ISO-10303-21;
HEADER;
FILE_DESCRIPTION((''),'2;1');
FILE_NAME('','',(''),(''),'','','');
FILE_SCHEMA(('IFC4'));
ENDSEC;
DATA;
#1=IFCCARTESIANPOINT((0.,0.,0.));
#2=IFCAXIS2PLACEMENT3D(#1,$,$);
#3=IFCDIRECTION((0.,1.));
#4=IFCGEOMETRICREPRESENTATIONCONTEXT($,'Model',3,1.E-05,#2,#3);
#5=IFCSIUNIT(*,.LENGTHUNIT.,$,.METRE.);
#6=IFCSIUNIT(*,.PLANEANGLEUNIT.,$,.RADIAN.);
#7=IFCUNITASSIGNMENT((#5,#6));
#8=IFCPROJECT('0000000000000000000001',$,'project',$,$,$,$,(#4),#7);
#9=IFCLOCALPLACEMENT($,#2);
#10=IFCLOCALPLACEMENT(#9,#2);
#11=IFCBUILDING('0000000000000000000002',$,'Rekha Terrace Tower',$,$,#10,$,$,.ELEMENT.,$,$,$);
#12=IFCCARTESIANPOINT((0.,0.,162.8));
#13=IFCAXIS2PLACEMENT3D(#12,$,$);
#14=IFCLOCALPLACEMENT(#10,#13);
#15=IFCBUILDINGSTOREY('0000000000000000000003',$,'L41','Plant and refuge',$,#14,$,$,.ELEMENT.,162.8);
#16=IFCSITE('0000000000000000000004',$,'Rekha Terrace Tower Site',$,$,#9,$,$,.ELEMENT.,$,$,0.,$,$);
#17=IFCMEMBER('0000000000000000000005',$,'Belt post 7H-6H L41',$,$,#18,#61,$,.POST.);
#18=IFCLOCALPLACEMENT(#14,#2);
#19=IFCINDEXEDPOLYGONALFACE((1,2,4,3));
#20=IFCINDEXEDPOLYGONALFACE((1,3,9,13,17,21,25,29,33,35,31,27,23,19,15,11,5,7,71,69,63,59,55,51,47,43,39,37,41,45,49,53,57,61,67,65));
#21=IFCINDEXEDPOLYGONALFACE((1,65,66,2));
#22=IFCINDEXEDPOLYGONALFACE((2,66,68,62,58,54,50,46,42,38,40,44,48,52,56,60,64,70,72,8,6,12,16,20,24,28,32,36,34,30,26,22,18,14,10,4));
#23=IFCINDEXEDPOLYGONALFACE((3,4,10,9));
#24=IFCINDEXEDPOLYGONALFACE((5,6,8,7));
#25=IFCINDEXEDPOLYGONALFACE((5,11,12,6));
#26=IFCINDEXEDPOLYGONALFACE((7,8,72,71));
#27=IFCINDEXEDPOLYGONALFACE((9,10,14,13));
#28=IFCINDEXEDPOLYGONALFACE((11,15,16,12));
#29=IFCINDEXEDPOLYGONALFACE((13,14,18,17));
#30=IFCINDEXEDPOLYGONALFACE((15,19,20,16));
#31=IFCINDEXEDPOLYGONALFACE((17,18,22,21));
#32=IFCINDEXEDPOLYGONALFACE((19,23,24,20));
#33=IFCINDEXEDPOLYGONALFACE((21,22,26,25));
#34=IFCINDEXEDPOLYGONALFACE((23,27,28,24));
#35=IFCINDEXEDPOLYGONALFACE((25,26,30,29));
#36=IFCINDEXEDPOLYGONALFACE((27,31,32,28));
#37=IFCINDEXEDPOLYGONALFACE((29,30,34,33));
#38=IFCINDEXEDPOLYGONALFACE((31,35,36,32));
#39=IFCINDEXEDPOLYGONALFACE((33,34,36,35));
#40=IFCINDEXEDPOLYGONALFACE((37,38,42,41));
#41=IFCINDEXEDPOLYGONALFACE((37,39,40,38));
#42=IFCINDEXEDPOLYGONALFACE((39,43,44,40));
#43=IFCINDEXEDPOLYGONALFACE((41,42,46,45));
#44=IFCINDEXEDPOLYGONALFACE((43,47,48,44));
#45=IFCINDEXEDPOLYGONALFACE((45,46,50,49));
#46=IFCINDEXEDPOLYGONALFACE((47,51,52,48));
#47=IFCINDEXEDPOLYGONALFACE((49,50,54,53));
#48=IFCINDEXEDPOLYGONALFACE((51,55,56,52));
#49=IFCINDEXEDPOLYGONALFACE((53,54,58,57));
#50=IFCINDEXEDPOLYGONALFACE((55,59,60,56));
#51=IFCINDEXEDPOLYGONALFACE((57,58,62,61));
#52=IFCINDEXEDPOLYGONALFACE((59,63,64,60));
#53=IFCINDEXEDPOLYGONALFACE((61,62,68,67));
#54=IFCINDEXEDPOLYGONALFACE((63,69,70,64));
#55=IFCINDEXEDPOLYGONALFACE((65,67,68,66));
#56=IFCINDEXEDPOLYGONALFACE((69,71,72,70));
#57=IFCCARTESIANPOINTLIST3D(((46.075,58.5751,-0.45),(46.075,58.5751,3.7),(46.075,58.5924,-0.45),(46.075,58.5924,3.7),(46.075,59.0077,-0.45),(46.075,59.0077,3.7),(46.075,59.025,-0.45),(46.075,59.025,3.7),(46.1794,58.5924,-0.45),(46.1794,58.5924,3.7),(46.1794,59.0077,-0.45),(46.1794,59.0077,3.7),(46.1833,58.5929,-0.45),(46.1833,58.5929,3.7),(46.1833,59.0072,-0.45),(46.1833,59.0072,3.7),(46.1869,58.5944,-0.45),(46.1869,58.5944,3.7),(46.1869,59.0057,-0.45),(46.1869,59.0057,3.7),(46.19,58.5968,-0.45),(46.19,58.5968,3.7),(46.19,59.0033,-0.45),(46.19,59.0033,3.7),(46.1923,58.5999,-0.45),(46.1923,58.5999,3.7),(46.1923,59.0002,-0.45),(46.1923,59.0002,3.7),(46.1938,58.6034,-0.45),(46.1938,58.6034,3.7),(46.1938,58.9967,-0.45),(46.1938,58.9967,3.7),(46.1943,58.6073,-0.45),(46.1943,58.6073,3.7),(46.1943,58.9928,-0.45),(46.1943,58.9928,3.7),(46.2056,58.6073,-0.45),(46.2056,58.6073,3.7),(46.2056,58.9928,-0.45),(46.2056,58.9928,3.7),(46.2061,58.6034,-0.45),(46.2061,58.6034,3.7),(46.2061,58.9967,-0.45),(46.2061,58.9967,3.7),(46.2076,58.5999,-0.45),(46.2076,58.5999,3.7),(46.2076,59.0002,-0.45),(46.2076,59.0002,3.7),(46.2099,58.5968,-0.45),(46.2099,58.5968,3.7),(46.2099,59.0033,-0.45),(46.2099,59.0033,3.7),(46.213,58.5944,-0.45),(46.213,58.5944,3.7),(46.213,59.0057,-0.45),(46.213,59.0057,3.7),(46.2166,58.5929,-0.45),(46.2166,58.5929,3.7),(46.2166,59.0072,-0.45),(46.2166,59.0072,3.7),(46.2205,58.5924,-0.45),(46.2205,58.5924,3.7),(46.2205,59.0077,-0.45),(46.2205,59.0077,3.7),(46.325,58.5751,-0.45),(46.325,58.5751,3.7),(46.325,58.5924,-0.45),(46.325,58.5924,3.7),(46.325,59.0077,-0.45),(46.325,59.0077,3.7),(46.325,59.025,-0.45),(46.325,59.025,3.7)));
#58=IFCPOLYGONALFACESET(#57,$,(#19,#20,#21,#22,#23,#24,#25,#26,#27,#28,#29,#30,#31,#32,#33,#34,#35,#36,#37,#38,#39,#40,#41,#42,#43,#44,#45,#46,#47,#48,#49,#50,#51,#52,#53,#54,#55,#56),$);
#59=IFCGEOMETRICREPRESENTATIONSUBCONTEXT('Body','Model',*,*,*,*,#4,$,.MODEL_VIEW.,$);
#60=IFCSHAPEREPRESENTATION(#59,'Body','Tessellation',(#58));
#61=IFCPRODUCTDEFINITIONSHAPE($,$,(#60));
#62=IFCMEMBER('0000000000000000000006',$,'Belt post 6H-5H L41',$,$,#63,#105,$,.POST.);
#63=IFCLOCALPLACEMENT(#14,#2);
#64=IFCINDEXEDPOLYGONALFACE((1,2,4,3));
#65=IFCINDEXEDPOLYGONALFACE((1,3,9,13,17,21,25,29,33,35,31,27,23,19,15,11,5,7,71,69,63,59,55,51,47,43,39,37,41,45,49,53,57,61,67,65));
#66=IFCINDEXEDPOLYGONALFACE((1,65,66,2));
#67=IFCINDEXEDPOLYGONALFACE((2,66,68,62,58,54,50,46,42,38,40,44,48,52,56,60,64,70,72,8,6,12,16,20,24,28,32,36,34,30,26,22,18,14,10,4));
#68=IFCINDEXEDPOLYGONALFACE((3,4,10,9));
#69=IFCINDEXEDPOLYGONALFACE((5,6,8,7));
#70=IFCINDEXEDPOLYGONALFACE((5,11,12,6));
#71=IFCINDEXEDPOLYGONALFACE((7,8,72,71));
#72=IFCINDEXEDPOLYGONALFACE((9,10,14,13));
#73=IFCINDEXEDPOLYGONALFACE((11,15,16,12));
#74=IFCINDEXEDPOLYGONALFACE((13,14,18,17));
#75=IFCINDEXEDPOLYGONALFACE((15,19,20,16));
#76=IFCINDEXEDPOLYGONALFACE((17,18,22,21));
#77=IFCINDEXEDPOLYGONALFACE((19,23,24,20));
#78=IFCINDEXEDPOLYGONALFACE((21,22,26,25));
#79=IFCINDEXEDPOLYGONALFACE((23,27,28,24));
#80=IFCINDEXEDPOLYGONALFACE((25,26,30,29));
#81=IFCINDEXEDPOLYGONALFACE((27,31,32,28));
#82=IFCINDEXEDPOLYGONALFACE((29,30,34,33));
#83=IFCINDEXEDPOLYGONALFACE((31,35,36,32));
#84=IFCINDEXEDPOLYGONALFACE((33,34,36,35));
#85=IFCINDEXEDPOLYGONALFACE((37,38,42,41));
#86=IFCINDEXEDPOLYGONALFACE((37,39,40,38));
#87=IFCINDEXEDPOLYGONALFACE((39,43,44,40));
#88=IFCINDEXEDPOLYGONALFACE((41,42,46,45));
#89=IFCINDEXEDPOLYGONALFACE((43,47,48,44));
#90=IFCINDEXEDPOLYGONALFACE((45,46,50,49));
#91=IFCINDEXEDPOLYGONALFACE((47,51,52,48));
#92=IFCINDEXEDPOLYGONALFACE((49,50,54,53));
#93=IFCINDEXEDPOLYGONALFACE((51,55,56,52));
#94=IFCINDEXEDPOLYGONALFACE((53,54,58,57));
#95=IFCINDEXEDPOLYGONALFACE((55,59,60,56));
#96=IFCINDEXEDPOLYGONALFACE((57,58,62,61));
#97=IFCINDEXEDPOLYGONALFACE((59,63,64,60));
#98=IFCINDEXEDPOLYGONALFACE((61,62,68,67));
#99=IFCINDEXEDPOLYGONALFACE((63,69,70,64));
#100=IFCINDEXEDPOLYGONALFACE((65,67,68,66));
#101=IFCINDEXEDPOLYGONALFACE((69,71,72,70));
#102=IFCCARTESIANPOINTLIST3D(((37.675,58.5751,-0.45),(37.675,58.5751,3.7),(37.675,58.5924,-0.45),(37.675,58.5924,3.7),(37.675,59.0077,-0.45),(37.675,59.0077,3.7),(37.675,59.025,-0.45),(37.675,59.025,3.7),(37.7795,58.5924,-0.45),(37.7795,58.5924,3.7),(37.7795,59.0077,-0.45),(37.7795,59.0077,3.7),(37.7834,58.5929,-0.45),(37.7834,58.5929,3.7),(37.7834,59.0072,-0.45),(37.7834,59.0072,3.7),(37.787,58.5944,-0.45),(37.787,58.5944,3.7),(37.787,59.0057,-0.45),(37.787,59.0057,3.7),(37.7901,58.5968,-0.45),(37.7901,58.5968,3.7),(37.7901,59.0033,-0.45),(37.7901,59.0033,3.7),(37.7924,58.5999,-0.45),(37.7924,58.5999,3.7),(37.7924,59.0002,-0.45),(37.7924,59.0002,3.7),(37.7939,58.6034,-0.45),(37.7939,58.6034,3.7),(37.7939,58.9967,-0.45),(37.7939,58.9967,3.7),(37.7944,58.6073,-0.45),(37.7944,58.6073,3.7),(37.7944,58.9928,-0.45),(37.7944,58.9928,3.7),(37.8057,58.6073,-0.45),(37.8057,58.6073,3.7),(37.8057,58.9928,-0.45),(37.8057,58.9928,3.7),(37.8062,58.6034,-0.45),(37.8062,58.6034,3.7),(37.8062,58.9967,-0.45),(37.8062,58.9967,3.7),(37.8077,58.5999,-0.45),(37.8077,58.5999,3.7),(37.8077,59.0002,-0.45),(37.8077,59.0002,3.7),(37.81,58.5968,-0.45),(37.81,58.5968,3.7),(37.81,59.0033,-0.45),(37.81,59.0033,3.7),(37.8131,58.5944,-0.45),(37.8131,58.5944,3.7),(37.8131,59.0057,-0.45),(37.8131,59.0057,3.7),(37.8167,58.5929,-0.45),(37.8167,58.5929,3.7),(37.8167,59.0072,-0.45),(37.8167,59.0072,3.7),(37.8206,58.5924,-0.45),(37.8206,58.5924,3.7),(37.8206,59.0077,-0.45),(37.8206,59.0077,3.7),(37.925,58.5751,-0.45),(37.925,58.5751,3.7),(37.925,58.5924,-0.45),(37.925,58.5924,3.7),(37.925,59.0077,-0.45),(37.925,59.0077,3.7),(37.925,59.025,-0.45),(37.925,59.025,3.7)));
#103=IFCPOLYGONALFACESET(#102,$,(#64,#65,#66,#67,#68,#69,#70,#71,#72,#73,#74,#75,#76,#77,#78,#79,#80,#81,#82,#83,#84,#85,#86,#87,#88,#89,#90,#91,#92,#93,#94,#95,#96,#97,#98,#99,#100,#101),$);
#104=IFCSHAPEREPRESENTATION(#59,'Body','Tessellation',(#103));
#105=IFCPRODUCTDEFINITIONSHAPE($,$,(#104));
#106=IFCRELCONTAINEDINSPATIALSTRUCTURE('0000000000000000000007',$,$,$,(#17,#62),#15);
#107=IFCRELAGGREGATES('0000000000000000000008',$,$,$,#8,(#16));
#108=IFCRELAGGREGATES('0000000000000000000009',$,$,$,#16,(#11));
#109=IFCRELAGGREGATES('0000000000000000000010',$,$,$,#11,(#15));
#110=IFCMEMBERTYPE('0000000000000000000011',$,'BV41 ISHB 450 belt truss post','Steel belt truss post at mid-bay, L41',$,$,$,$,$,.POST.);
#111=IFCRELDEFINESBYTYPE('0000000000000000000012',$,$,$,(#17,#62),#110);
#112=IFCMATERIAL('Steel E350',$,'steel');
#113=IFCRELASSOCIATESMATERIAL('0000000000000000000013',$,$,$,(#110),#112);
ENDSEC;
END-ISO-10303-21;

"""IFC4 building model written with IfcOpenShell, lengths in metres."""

from ifc_helpers import new_model, si_unit, direction, frame, origin, origin_2d, place, context, subcontext, project, spatial, i_section, extrude, material, material_profile, profile_set, type_object, element, save


model = new_model("IFC4")

# Units and contexts
model_context = context("Model", 3, precision=1e-05, world=origin(), true_north=direction((0.0, 1.0)))
body_context = subcontext(model_context, "Body", "Model", "MODEL_VIEW")
ifc_project = project(units=[si_unit("LENGTHUNIT", "METRE"), si_unit("PLANEANGLEUNIT", "RADIAN")], contexts=[model_context])

# Site, building, storey
site_placement = place(None, origin())
site = spatial("IfcSite", under=ifc_project, at=site_placement, Name="Rekha Terrace Tower Site", CompositionType="ELEMENT", RefElevation=0.0)
building_placement = place(site_placement, origin())
building = spatial("IfcBuilding", under=site, at=building_placement, Name="Rekha Terrace Tower", CompositionType="ELEMENT")
storey_placement = place(building_placement, frame((0.0, 0.0, 162.8)))
storey = spatial("IfcBuildingStorey", under=building, at=storey_placement, Name="L41", Description="Plant and refuge", CompositionType="ELEMENT", Elevation=162.8)

# Members
ifc_material_1 = material(Name="Steel E350", Category="steel")
ifc_material_profile_1 = material_profile(ifc_material_1, i_section(OverallWidth=0.25, OverallDepth=0.45, WebThickness=0.0112, FlangeThickness=0.0173, FilletRadius=0.0149, at=origin_2d()), Name="ISHB 450")
ifc_profile_set_1 = profile_set([ifc_material_profile_1], Name="Steel E350")
member_type_1 = type_object("IfcMemberType", Name="BV41 ISHB 450 belt truss post", Description="Steel belt truss post at mid-bay, L41", PredefinedType="POST", material=ifc_profile_set_1)
for number, where, z_axis, x_axis, name in (
    (1, (46.2, 58.8, -0.45), (0.0, 0.0, 1.0), (1.0, 0.0, 0.0), "Belt post 7H-6H L41"),
    (2, (37.8, 58.8, -0.45), (0.0, 0.0, 1.0), (1.0, 0.0, 0.0), "Belt post 6H-5H L41"),
):
    element("IfcMember", number, at=place(storey_placement, frame(where, z_axis=z_axis, x_axis=x_axis)), inside=storey, type_object=member_type_1, Name=name, PredefinedType="POST", context=body_context, shape_type="SweptSolid", body=[
        extrude(i_section(OverallWidth=0.25, OverallDepth=0.45, WebThickness=0.0112, FlangeThickness=0.0173, FilletRadius=0.0149, at=origin_2d()), origin(), (0.0, 0.0, 1.0), 4.1499),
    ])

save(model, "model.ifc")
